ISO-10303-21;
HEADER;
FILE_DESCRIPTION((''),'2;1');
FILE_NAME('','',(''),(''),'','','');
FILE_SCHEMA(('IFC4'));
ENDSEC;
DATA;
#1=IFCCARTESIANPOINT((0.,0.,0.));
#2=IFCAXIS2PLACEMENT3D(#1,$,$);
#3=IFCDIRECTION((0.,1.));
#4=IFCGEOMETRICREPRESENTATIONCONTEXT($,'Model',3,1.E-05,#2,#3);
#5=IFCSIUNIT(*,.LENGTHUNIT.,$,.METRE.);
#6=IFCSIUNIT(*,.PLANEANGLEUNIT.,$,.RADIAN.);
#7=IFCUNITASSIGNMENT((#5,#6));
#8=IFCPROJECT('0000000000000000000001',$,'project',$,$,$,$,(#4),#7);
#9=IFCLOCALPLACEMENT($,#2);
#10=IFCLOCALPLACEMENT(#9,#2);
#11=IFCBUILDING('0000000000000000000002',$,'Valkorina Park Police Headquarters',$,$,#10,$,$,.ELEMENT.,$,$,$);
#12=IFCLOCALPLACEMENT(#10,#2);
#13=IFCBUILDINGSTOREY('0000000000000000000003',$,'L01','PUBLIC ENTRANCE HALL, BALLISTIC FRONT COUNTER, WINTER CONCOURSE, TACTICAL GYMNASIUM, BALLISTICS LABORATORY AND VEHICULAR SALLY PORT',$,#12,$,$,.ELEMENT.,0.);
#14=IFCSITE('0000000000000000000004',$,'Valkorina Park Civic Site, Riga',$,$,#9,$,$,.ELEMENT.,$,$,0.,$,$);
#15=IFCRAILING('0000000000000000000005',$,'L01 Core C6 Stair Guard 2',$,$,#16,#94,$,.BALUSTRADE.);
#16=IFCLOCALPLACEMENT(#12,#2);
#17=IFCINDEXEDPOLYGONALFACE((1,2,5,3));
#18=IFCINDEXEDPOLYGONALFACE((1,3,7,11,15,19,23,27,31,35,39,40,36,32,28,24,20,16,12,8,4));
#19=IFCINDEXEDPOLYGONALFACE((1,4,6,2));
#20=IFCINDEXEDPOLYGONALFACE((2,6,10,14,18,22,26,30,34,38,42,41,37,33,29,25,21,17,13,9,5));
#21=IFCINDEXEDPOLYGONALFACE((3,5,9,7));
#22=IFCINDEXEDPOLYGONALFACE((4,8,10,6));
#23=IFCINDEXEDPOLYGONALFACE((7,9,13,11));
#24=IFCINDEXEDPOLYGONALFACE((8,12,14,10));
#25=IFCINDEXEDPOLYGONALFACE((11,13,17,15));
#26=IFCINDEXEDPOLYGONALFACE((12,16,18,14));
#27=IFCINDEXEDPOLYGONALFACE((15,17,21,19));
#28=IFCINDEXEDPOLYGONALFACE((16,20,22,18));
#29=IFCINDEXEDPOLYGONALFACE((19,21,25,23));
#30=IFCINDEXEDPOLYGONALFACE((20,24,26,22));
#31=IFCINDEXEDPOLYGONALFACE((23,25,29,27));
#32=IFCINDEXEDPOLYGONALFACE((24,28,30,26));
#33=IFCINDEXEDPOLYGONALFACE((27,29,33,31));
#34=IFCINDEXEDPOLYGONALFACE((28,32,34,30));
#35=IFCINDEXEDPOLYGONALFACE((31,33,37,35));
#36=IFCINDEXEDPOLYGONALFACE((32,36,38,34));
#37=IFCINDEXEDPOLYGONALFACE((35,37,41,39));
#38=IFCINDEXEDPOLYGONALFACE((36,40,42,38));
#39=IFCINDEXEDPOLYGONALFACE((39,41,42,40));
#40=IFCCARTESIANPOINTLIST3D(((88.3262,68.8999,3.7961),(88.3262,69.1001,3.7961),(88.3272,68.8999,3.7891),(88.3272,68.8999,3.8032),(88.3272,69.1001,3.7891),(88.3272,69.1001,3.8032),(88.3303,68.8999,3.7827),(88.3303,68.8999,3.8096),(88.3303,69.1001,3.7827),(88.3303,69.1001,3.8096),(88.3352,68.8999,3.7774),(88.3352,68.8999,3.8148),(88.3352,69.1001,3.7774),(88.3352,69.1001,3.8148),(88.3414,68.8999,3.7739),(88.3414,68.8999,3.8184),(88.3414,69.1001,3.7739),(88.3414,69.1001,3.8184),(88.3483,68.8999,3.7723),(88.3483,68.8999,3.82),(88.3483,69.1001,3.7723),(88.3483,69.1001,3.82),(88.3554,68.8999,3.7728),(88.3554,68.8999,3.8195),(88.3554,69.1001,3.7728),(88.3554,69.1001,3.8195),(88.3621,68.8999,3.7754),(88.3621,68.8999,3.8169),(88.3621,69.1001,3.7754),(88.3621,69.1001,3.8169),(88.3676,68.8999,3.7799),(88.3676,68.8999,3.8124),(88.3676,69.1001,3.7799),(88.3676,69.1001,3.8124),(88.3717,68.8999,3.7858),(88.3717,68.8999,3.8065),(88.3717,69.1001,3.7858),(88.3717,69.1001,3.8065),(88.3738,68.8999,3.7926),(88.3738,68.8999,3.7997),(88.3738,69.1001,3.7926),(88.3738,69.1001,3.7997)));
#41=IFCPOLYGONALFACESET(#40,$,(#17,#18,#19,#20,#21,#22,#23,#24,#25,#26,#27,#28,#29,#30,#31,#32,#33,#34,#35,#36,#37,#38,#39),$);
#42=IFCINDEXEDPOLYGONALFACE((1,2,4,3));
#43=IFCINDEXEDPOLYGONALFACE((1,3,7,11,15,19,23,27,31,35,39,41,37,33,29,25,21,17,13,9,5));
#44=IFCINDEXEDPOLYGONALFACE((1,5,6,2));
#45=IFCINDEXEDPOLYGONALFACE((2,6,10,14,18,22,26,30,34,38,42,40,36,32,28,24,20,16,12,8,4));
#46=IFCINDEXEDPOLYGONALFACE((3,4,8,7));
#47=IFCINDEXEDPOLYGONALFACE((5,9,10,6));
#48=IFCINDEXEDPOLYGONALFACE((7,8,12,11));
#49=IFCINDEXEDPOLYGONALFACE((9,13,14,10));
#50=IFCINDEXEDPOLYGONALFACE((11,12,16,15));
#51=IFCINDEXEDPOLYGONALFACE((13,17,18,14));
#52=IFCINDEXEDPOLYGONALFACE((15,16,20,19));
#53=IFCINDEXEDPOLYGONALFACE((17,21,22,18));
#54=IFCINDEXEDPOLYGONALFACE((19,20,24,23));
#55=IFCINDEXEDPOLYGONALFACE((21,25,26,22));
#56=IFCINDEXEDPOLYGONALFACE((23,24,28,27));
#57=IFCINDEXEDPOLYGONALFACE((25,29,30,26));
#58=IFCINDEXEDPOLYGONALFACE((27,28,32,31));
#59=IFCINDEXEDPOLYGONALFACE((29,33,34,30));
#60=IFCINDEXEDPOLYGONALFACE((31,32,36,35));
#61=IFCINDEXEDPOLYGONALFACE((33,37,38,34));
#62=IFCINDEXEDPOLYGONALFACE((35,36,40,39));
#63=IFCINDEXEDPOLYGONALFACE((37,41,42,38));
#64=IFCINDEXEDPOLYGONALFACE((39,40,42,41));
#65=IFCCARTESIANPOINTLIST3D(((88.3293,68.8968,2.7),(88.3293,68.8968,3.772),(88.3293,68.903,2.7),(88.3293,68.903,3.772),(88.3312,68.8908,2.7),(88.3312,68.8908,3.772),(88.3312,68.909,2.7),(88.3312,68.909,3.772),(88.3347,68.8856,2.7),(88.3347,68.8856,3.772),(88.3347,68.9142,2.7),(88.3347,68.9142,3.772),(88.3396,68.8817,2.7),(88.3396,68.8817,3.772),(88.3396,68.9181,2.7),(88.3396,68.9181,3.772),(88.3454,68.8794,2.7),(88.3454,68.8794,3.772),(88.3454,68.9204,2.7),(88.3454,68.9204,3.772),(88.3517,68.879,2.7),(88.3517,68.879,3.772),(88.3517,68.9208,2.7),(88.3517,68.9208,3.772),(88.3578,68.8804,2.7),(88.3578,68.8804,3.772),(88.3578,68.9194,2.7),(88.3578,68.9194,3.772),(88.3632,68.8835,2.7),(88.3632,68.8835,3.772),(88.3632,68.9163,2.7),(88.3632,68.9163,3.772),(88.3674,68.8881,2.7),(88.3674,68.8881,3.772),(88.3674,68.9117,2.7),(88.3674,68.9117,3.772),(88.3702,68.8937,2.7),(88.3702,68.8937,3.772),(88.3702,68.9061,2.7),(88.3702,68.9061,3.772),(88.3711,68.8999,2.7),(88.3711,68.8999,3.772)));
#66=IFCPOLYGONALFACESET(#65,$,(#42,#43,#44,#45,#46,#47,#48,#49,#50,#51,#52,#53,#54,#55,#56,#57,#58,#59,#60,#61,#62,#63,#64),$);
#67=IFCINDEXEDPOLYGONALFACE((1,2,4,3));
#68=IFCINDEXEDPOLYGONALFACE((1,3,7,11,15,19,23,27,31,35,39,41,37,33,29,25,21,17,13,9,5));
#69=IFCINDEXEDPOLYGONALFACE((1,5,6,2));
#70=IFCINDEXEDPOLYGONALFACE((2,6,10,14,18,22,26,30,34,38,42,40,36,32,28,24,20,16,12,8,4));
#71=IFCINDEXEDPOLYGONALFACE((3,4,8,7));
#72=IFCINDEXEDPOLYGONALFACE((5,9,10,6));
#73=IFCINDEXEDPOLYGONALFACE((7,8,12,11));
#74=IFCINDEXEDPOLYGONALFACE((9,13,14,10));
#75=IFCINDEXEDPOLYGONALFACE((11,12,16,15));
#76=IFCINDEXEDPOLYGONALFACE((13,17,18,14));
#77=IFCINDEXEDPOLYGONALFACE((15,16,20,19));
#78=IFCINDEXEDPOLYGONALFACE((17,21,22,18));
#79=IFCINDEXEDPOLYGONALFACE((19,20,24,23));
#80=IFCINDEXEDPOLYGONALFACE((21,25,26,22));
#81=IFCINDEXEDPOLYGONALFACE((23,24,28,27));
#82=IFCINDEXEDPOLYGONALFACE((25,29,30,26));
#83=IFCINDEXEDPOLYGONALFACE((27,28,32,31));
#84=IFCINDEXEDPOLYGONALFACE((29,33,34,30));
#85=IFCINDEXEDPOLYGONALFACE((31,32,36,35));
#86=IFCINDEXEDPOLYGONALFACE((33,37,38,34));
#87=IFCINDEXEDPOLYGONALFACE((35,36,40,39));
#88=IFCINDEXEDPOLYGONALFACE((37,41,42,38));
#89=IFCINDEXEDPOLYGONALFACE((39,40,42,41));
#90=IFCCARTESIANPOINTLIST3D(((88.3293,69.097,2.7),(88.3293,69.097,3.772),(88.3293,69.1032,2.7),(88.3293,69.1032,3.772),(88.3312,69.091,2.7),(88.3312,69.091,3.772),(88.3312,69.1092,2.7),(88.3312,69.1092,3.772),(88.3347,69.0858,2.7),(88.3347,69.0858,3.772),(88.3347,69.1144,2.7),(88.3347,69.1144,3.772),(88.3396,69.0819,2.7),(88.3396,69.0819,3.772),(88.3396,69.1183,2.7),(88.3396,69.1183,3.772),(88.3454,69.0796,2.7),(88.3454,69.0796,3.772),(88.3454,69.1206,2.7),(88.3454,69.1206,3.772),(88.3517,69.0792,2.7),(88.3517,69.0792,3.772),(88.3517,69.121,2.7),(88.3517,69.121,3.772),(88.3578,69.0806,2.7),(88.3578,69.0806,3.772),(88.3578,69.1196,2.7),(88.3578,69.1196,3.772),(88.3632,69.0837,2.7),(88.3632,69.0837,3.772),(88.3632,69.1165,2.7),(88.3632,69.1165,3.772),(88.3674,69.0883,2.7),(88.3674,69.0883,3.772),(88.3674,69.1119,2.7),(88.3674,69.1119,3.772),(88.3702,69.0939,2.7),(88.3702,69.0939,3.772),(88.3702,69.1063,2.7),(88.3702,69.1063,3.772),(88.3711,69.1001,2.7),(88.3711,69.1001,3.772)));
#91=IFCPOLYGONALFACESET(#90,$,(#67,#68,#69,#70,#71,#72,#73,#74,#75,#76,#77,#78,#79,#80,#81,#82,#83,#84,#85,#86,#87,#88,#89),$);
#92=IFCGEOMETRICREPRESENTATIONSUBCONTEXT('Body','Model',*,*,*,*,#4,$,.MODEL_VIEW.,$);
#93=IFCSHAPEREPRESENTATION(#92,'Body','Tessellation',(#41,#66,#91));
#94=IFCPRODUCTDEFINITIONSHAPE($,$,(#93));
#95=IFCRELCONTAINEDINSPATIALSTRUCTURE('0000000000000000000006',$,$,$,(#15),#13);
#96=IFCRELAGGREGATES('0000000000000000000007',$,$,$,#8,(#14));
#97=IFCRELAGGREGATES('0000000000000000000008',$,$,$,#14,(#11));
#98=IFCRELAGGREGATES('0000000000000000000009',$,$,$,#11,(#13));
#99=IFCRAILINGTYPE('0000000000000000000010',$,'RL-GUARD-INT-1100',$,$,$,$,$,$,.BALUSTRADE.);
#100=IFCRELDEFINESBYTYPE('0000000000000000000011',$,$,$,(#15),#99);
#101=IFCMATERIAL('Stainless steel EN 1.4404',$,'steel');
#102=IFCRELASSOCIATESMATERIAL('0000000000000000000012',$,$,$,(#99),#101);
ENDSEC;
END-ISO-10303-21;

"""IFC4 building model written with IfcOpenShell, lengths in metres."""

from ifc_helpers import new_model, si_unit, direction, frame, origin, origin_2d, place, context, subcontext, project, spatial, circle, extrude, material, type_object, element, save


model = new_model("IFC4")

# Units and contexts
model_context = context("Model", 3, precision=1e-05, world=origin(), true_north=direction((0.0, 1.0)))
body_context = subcontext(model_context, "Body", "Model", "MODEL_VIEW")
ifc_project = project(units=[si_unit("LENGTHUNIT", "METRE"), si_unit("PLANEANGLEUNIT", "RADIAN")], contexts=[model_context])

# Site, building, storey
site_placement = place(None, origin())
site = spatial("IfcSite", under=ifc_project, at=site_placement, Name="Valkorina Park Civic Site, Riga", CompositionType="ELEMENT", RefElevation=0.0)
building_placement = place(site_placement, origin())
building = spatial("IfcBuilding", under=site, at=building_placement, Name="Valkorina Park Police Headquarters", CompositionType="ELEMENT")
storey_placement = place(building_placement, origin())
storey = spatial("IfcBuildingStorey", under=building, at=storey_placement, Name="L01", Description="PUBLIC ENTRANCE HALL, BALLISTIC FRONT COUNTER, WINTER CONCOURSE, TACTICAL GYMNASIUM, BALLISTICS LABORATORY AND VEHICULAR SALLY PORT", CompositionType="ELEMENT", Elevation=0.0)

# Shared definitions
ifc_material_1 = material(Name="Stainless steel EN 1.4404", Category="steel")

# Railing
railing_type_1 = type_object("IfcRailingType", Name="RL-GUARD-INT-1100", PredefinedType="BALUSTRADE", material=ifc_material_1)
railing_1_placement = place(storey_placement, frame((88.3501, 68.8999, 2.7)))
element("IfcRailing", 1, at=railing_1_placement, inside=storey, type_object=railing_type_1, Name="L01 Core C6 Stair Guard 2", PredefinedType="BALUSTRADE", context=body_context, shape_type="SweptSolid", body=[
    extrude(circle(Radius=0.0239, at=origin_2d()), frame((0.0, 0.0, 1.0962), z_axis=(0.0, 1.0, 0.0), x_axis=(-1.0, 0.0, 0.0)), (0.0, 0.0, 1.0), 0.2002),
    extrude(circle(Radius=0.021, at=origin_2d()), origin(), (0.0, 0.0, 1.0), 1.072),
    extrude(circle(Radius=0.021, at=origin_2d()), frame((0.0, 0.2002, 0.0)), (0.0, 0.0, 1.0), 1.072),
])

save(model, "model.ifc")
